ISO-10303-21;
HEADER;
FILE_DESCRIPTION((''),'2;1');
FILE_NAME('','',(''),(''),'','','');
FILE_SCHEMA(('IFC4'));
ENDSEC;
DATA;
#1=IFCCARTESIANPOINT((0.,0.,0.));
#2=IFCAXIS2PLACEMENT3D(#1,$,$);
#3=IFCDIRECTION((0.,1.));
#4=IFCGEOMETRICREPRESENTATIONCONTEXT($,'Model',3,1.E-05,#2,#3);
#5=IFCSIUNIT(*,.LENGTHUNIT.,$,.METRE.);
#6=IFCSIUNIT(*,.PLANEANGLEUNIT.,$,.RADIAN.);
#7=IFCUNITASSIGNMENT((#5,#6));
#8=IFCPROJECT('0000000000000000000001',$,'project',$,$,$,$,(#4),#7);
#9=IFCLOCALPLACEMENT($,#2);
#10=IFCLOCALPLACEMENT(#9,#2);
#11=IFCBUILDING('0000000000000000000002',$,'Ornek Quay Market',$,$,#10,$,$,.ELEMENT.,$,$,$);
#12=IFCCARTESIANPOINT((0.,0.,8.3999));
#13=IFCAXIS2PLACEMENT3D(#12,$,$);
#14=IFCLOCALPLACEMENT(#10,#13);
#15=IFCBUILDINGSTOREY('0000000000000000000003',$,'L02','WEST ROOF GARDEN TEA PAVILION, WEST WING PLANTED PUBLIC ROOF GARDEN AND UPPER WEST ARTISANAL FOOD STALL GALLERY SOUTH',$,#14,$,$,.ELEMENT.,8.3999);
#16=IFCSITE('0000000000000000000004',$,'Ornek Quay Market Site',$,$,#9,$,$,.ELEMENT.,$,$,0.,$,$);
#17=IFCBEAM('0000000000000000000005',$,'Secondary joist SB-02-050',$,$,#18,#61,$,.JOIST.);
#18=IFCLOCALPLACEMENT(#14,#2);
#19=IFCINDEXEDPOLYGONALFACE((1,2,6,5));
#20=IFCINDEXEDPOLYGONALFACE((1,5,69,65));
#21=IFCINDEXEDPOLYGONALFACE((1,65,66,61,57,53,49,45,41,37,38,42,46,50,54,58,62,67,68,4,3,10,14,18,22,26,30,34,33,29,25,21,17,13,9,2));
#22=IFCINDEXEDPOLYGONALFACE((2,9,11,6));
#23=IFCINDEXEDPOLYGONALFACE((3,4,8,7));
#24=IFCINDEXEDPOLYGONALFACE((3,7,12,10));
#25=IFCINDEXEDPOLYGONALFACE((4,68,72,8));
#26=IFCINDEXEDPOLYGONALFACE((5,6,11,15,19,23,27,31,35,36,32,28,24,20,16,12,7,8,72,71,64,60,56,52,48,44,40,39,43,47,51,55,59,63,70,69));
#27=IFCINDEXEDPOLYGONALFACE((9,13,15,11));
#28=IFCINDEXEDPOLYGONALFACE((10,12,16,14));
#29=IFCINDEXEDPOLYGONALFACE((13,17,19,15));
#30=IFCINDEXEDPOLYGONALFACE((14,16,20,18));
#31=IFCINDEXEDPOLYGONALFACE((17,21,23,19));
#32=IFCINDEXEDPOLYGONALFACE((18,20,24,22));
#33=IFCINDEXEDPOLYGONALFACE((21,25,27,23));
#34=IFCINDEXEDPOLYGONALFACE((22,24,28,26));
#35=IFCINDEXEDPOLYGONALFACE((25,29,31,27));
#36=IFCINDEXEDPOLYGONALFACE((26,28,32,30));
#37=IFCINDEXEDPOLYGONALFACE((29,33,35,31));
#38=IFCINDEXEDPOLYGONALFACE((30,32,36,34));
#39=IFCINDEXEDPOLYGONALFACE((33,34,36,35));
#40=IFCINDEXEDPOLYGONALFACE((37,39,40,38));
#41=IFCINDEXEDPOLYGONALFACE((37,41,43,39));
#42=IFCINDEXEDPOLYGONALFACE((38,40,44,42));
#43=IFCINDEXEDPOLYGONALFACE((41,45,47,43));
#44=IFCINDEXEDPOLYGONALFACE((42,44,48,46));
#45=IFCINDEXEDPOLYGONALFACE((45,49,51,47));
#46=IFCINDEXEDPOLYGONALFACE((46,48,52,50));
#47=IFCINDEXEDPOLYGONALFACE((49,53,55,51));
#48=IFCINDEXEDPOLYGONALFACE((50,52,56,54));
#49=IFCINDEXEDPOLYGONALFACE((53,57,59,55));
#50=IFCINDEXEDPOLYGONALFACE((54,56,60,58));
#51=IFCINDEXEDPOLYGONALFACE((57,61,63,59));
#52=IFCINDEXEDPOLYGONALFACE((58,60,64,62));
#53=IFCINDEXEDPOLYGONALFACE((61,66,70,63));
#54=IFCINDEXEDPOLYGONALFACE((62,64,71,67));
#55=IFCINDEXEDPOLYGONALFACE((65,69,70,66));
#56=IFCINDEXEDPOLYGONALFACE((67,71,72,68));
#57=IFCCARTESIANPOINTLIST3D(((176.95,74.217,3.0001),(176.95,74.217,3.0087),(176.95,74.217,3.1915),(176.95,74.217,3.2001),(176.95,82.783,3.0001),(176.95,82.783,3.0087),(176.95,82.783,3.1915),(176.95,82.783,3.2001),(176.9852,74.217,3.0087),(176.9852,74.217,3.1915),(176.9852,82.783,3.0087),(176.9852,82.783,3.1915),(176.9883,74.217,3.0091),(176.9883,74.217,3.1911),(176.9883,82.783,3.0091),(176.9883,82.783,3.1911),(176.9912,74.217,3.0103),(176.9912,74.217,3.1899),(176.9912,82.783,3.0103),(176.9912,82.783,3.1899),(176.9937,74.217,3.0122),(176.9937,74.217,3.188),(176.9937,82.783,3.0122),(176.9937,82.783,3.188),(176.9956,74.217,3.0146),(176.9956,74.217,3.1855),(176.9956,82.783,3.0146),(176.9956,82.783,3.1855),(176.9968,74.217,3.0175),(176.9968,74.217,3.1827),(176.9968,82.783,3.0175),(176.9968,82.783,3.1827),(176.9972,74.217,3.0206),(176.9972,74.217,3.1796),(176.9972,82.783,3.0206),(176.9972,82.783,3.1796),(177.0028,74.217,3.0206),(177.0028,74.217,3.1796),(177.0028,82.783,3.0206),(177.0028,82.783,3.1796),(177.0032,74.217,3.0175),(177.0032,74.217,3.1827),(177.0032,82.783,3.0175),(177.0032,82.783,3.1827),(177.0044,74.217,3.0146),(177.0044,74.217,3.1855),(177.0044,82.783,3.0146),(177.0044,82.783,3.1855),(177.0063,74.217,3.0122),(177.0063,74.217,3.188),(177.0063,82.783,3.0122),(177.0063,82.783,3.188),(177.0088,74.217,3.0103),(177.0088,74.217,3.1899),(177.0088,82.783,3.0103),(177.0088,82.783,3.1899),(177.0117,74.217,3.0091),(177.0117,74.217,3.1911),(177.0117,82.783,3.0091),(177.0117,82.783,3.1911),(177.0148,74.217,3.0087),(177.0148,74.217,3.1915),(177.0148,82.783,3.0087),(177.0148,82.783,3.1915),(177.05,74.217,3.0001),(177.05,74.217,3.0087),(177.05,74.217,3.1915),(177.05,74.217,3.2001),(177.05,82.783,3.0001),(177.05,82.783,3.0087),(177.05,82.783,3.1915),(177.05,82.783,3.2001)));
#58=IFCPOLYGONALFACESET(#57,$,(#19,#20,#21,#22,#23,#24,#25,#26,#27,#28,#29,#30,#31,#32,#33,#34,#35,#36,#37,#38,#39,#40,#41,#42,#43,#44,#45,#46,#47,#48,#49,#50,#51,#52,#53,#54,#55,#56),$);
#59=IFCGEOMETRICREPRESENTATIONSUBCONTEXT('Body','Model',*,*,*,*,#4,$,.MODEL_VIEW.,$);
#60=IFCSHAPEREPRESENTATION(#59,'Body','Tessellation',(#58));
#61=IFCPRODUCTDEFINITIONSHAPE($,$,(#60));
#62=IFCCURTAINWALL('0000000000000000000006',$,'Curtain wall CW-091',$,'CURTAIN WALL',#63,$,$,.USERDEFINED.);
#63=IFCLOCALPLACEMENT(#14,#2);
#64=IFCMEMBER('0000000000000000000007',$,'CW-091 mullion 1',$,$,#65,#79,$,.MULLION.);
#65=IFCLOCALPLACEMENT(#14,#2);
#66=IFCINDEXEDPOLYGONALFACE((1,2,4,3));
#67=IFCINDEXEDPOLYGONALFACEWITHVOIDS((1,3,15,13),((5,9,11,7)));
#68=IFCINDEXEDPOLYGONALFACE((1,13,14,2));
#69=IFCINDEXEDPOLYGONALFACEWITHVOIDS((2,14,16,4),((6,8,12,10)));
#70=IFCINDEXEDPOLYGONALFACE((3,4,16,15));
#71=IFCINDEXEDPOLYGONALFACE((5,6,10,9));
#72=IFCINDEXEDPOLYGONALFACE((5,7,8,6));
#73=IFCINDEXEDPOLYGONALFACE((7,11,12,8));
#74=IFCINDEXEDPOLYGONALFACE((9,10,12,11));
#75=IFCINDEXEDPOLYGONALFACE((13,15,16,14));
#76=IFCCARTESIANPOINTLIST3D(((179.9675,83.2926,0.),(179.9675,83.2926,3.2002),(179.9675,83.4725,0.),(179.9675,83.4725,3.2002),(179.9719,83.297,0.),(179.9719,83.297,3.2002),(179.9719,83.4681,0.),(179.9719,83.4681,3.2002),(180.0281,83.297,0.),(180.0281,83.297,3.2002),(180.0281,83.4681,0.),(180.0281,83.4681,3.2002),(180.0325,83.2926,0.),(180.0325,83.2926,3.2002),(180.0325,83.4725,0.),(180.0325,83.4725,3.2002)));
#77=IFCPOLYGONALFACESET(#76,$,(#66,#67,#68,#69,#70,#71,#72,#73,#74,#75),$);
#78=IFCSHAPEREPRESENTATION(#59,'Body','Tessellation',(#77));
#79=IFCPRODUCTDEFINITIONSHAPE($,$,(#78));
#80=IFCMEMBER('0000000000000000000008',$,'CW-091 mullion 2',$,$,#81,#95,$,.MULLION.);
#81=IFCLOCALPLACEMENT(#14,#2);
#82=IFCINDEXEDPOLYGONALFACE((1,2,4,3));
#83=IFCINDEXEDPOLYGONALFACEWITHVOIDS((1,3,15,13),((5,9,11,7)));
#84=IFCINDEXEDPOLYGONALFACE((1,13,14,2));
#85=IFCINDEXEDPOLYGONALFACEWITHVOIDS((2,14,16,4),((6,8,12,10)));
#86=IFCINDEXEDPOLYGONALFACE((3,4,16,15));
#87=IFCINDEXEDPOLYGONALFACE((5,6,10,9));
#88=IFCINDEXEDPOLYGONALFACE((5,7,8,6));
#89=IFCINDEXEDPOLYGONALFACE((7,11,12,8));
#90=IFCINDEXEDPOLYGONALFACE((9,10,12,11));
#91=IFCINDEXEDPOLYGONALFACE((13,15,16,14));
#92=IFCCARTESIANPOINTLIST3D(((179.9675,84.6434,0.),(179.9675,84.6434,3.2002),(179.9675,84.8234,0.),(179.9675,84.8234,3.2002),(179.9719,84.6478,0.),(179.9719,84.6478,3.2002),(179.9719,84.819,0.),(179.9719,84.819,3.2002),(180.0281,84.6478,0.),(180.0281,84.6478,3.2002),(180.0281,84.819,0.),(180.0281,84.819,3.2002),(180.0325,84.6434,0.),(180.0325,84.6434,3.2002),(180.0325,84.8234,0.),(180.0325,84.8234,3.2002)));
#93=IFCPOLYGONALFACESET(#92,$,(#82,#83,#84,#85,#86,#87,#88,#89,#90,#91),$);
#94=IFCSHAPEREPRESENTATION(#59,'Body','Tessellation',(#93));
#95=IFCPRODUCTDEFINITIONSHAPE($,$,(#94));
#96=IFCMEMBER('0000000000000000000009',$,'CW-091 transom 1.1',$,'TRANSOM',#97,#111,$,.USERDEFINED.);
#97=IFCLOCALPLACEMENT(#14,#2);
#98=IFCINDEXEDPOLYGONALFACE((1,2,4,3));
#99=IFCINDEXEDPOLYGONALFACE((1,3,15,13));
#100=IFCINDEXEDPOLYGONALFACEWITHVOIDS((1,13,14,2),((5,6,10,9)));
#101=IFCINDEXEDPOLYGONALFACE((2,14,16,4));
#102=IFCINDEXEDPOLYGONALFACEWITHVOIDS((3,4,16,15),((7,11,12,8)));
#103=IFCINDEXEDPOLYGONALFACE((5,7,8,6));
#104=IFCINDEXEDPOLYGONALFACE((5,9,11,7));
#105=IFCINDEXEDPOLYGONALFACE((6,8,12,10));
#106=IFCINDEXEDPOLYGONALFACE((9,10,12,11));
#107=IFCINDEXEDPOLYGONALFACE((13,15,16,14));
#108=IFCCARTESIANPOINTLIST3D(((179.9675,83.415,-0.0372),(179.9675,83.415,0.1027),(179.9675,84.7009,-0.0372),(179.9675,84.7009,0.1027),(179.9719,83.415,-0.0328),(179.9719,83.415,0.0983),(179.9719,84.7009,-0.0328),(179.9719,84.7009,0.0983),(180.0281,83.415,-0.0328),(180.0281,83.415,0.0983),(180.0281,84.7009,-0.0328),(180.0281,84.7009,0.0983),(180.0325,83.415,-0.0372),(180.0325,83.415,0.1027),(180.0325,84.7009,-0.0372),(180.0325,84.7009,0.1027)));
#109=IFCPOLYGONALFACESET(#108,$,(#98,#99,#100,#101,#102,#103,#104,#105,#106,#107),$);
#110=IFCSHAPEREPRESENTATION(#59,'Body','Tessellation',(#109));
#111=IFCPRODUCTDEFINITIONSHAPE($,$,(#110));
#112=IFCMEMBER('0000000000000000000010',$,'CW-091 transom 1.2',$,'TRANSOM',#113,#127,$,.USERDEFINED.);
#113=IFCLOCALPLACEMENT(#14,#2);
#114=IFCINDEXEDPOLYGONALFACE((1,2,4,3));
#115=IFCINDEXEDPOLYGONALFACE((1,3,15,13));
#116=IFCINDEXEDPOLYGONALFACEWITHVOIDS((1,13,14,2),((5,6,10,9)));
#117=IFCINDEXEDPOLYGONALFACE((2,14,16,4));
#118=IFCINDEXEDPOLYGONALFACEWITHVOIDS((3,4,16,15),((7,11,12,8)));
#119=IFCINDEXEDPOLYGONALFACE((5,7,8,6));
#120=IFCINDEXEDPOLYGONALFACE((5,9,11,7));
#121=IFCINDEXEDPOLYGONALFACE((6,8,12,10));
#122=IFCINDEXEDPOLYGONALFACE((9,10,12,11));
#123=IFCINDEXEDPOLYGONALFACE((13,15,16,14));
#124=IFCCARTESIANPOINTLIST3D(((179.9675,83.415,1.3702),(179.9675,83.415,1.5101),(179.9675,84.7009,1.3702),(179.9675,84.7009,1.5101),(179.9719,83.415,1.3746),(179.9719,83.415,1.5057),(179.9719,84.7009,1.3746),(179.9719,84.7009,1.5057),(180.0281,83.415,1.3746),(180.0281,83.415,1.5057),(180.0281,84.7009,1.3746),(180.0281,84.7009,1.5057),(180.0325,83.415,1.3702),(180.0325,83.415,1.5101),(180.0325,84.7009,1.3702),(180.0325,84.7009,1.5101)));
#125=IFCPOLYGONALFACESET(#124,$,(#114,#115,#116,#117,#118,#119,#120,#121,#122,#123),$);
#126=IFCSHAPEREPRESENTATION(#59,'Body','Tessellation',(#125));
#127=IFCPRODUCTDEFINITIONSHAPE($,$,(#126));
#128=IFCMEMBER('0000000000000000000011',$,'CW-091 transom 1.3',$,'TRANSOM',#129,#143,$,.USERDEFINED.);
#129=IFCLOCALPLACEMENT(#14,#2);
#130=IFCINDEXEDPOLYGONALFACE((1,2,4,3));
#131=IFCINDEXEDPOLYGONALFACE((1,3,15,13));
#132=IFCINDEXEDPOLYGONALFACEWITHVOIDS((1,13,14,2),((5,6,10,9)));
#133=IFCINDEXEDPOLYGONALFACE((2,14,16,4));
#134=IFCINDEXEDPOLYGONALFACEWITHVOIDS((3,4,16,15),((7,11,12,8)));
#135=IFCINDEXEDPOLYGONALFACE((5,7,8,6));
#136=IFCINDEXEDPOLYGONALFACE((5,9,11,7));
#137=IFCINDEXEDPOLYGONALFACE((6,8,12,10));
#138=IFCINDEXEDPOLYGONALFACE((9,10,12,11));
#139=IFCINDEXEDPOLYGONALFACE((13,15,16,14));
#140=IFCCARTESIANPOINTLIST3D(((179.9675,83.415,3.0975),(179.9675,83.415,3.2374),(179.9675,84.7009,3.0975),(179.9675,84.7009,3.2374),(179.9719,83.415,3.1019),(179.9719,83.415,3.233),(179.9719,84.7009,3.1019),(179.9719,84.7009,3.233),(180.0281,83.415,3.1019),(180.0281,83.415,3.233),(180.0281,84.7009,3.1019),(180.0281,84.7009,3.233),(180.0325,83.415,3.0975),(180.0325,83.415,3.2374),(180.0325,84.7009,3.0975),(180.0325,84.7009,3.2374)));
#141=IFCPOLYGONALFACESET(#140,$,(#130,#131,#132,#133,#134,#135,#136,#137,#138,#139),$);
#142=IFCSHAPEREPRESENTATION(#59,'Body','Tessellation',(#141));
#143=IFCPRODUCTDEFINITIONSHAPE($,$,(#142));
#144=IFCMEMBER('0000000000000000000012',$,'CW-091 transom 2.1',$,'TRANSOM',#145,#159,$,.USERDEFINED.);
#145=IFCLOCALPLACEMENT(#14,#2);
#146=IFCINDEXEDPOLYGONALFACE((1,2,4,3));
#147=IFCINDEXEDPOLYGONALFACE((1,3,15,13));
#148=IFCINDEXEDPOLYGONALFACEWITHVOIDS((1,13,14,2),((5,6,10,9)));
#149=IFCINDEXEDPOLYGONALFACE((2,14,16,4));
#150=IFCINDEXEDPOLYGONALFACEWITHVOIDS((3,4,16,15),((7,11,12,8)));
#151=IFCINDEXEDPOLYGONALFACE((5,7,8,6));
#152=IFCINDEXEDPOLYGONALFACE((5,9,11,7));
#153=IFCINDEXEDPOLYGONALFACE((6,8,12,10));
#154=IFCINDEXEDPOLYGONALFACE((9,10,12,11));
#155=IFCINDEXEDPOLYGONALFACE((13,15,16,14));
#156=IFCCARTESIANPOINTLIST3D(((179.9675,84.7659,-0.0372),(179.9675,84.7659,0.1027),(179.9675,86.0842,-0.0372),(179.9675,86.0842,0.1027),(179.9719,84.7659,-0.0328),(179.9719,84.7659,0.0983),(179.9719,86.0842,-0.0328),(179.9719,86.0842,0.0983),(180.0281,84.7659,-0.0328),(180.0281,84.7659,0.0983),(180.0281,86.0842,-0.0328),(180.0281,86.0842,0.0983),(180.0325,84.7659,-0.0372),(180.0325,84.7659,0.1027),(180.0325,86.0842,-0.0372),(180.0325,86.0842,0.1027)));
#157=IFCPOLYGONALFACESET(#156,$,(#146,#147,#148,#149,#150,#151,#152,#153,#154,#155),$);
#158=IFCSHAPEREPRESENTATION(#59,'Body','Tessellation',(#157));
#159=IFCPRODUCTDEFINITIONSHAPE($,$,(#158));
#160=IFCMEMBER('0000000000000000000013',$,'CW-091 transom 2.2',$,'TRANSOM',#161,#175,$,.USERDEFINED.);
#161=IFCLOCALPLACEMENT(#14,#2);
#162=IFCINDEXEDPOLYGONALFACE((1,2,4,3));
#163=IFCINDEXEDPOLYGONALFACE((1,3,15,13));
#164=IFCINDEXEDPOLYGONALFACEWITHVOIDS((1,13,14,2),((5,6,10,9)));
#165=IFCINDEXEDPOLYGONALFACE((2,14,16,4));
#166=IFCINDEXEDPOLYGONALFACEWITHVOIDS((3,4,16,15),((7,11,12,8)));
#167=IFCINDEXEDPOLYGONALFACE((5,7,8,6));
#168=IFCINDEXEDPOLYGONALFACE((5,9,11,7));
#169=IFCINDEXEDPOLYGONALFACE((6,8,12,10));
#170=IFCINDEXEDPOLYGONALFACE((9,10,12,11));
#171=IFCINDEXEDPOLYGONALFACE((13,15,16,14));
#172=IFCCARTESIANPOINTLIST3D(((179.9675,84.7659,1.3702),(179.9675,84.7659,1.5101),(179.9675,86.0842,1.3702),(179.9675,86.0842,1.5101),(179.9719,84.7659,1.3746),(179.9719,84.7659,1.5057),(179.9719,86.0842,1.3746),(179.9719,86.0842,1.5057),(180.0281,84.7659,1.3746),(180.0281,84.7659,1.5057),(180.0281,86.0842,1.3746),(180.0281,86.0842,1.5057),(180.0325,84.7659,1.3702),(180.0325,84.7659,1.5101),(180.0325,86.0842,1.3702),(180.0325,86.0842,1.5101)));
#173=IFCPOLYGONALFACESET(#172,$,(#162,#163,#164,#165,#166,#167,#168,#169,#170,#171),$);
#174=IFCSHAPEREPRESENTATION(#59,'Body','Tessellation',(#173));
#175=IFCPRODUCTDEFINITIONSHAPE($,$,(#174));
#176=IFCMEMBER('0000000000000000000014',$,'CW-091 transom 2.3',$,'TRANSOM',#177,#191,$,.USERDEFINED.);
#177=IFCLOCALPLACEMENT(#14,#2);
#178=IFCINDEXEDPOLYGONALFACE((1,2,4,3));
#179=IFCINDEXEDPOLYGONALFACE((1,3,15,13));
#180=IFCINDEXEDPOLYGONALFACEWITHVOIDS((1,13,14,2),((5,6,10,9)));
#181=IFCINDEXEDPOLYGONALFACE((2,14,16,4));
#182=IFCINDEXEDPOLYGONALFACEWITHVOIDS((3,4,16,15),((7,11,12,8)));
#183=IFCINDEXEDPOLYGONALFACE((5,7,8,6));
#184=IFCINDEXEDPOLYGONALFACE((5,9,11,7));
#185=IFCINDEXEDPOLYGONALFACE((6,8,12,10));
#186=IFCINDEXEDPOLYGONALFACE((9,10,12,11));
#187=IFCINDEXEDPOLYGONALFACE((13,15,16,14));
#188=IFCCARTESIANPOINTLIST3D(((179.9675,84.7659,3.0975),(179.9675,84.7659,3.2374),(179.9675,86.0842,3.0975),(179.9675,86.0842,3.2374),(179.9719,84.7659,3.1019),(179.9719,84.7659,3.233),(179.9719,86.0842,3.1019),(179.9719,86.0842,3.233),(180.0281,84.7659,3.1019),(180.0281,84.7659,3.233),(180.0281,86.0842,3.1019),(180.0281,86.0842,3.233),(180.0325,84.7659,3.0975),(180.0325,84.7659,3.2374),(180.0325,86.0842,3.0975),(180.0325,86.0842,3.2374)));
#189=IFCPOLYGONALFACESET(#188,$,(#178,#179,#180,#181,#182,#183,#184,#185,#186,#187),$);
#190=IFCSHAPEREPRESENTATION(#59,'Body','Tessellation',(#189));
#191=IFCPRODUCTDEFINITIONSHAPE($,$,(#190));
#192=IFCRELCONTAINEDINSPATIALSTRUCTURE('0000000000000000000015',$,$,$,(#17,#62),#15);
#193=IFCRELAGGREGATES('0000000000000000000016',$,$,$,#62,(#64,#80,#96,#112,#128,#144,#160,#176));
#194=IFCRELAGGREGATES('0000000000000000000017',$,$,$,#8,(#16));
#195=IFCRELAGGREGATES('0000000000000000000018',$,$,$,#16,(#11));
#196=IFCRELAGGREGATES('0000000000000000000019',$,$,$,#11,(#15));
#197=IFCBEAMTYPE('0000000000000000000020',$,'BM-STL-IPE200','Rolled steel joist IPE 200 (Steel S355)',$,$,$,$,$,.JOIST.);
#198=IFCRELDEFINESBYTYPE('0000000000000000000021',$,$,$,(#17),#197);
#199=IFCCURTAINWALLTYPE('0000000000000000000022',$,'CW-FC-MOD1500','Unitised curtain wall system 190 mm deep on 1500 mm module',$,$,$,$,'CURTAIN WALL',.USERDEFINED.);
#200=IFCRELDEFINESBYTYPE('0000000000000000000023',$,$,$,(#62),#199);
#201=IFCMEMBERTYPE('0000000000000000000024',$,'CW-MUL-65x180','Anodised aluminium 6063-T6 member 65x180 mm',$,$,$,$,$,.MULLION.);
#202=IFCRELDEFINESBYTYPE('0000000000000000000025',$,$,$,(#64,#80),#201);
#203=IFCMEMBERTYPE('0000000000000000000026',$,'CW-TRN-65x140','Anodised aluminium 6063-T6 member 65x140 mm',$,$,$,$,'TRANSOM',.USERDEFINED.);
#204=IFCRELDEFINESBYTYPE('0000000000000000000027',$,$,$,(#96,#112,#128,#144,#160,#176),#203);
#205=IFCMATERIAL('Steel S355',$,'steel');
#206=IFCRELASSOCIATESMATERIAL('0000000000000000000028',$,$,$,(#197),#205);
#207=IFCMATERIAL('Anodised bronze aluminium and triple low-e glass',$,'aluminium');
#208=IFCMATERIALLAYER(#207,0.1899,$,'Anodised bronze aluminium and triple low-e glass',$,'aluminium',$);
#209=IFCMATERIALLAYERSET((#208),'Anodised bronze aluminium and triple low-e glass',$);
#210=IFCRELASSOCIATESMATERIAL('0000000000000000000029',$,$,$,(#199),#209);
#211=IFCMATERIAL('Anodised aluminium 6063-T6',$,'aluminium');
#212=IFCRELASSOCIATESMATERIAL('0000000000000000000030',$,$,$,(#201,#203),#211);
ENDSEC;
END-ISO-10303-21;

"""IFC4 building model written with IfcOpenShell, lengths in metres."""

from ifc_helpers import new_model, si_unit, direction, frame, origin, origin_2d, place, context, subcontext, project, spatial, hollow_rectangle, i_section, extrude, material, layer, layer_set, material_profile, profile_set, type_object, element, aggregate, save


model = new_model("IFC4")

# Units and contexts
model_context = context("Model", 3, precision=1e-05, world=origin(), true_north=direction((0.0, 1.0)))
body_context = subcontext(model_context, "Body", "Model", "MODEL_VIEW")
ifc_project = project(units=[si_unit("LENGTHUNIT", "METRE"), si_unit("PLANEANGLEUNIT", "RADIAN")], contexts=[model_context])

# Site, building, storey
site_placement = place(None, origin())
site = spatial("IfcSite", under=ifc_project, at=site_placement, Name="Ornek Quay Market Site", CompositionType="ELEMENT", RefElevation=0.0)
building_placement = place(site_placement, origin())
building = spatial("IfcBuilding", under=site, at=building_placement, Name="Ornek Quay Market", CompositionType="ELEMENT")
storey_placement = place(building_placement, frame((0.0, 0.0, 8.3999)))
storey = spatial("IfcBuildingStorey", under=building, at=storey_placement, Name="L02", Description="WEST ROOF GARDEN TEA PAVILION, WEST WING PLANTED PUBLIC ROOF GARDEN AND UPPER WEST ARTISANAL FOOD STALL GALLERY SOUTH", CompositionType="ELEMENT", Elevation=8.3999)

# Beam
ifc_material_1 = material(Name="Steel S355", Category="steel")
ifc_material_profile_1 = material_profile(ifc_material_1, i_section(OverallWidth=0.1001, OverallDepth=0.2, WebThickness=0.0056, FlangeThickness=0.0085, FilletRadius=0.012, at=origin_2d()), Name="IPE 200", Category="steel")
ifc_profile_set_1 = profile_set([ifc_material_profile_1], Name="Steel S355")
beam_type_1 = type_object("IfcBeamType", Name="BM-STL-IPE200", Description="Rolled steel joist IPE 200 (Steel S355)", PredefinedType="JOIST", material=ifc_profile_set_1)
for number, where, z_axis, x_axis, name in (
    (1, (177.0, 74.217, 3.1001), (0.0, 1.0, 0.0), (-1.0, 0.0, 0.0), "Secondary joist SB-02-050"),
):
    element("IfcBeam", number, at=place(storey_placement, frame(where, z_axis=z_axis, x_axis=x_axis)), inside=storey, type_object=beam_type_1, Name=name, PredefinedType="JOIST", context=body_context, shape_type="SweptSolid", body=[
        extrude(i_section(OverallWidth=0.1001, OverallDepth=0.2, WebThickness=0.0056, FlangeThickness=0.0085, FilletRadius=0.012, at=origin_2d()), origin(), (0.0, 0.0, 1.0), 8.5659),
    ])

# Curtain wall, members
ifc_material_2 = material(Name="Anodised bronze aluminium and triple low-e glass", Category="aluminium")
ifc_layer_1 = layer(ifc_material_2, 0.1899, Name="Anodised bronze aluminium and triple low-e glass", Category="aluminium")
ifc_layer_set_1 = layer_set([ifc_layer_1], Name="Anodised bronze aluminium and triple low-e glass")
curtain_wall_type = type_object("IfcCurtainWallType", Name="CW-FC-MOD1500", Description="Unitised curtain wall system 190 mm deep on 1500 mm module", ElementType="CURTAIN WALL", PredefinedType="USERDEFINED", material=ifc_layer_set_1)
curtain_wall_placement = place(storey_placement, origin())
curtain_wall = element("IfcCurtainWall", 2, at=curtain_wall_placement, inside=storey, type_object=curtain_wall_type, Name="Curtain wall CW-091", ObjectType="CURTAIN WALL", PredefinedType="USERDEFINED")
ifc_material_3 = material(Name="Anodised aluminium 6063-T6", Category="aluminium")
ifc_material_profile_2 = material_profile(ifc_material_3, hollow_rectangle(XDim=0.0649, YDim=0.1799, WallThickness=0.0044, at=origin_2d()), Name="CW-MUL-65x180", Category="aluminium")
ifc_profile_set_2 = profile_set([ifc_material_profile_2], Name="Anodised aluminium 6063-T6")
member_type_1 = type_object("IfcMemberType", Name="CW-MUL-65x180", Description="Anodised aluminium 6063-T6 member 65x180 mm", PredefinedType="MULLION", material=ifc_profile_set_2)
member_1_placement = place(storey_placement, frame((180.0, 83.3826, 0.0), z_axis=(0.0, 0.0, 1.0), x_axis=(-1.0, 0.0, 0.0)))
member_1 = element("IfcMember", 3, at=member_1_placement, type_object=member_type_1, Name="CW-091 mullion 1", PredefinedType="MULLION", context=body_context, shape_type="SweptSolid", body=[
    extrude(hollow_rectangle(XDim=0.0649, YDim=0.1799, WallThickness=0.0044, at=origin_2d()), origin(), (0.0, 0.0, 1.0), 3.2002),
])
member_2_placement = place(storey_placement, frame((180.0, 84.7334, 0.0), z_axis=(0.0, 0.0, 1.0), x_axis=(-1.0, 0.0, 0.0)))
member_2 = element("IfcMember", 4, at=member_2_placement, type_object=member_type_1, Name="CW-091 mullion 2", PredefinedType="MULLION", context=body_context, shape_type="SweptSolid", body=[
    extrude(hollow_rectangle(XDim=0.0649, YDim=0.1799, WallThickness=0.0044, at=origin_2d()), origin(), (0.0, 0.0, 1.0), 3.2002),
])
ifc_material_profile_3 = material_profile(ifc_material_3, hollow_rectangle(XDim=0.0649, YDim=0.1399, WallThickness=0.0044, at=origin_2d()), Name="CW-TRN-65x140", Category="aluminium")
ifc_profile_set_3 = profile_set([ifc_material_profile_3], Name="Anodised aluminium 6063-T6")
member_type_2 = type_object("IfcMemberType", Name="CW-TRN-65x140", Description="Anodised aluminium 6063-T6 member 65x140 mm", ElementType="TRANSOM", PredefinedType="USERDEFINED", material=ifc_profile_set_3)
member_3_placement = place(storey_placement, frame((180.0, 83.415, 0.0327), z_axis=(0.0, 1.0, 0.0), x_axis=(-1.0, 0.0, 0.0)))
member_3 = element("IfcMember", 5, at=member_3_placement, type_object=member_type_2, Name="CW-091 transom 1.1", ObjectType="TRANSOM", PredefinedType="USERDEFINED", context=body_context, shape_type="SweptSolid", body=[
    extrude(hollow_rectangle(XDim=0.0649, YDim=0.1399, WallThickness=0.0044, at=origin_2d()), origin(), (0.0, 0.0, 1.0), 1.2859),
])
member_4_placement = place(storey_placement, frame((180.0, 83.415, 1.4402), z_axis=(0.0, 1.0, 0.0), x_axis=(-1.0, 0.0, 0.0)))
member_4 = element("IfcMember", 6, at=member_4_placement, type_object=member_type_2, Name="CW-091 transom 1.2", ObjectType="TRANSOM", PredefinedType="USERDEFINED", context=body_context, shape_type="SweptSolid", body=[
    extrude(hollow_rectangle(XDim=0.0649, YDim=0.1399, WallThickness=0.0044, at=origin_2d()), origin(), (0.0, 0.0, 1.0), 1.2859),
])
member_5_placement = place(storey_placement, frame((180.0, 83.415, 3.1675), z_axis=(0.0, 1.0, 0.0), x_axis=(-1.0, 0.0, 0.0)))
member_5 = element("IfcMember", 7, at=member_5_placement, type_object=member_type_2, Name="CW-091 transom 1.3", ObjectType="TRANSOM", PredefinedType="USERDEFINED", context=body_context, shape_type="SweptSolid", body=[
    extrude(hollow_rectangle(XDim=0.0649, YDim=0.1399, WallThickness=0.0044, at=origin_2d()), origin(), (0.0, 0.0, 1.0), 1.2859),
])
member_6_placement = place(storey_placement, frame((180.0, 84.7659, 0.0327), z_axis=(0.0, 1.0, 0.0), x_axis=(-1.0, 0.0, 0.0)))
member_6 = element("IfcMember", 8, at=member_6_placement, type_object=member_type_2, Name="CW-091 transom 2.1", ObjectType="TRANSOM", PredefinedType="USERDEFINED", context=body_context, shape_type="SweptSolid", body=[
    extrude(hollow_rectangle(XDim=0.0649, YDim=0.1399, WallThickness=0.0044, at=origin_2d()), origin(), (0.0, 0.0, 1.0), 1.3184),
])
member_7_placement = place(storey_placement, frame((180.0, 84.7659, 1.4402), z_axis=(0.0, 1.0, 0.0), x_axis=(-1.0, 0.0, 0.0)))
member_7 = element("IfcMember", 9, at=member_7_placement, type_object=member_type_2, Name="CW-091 transom 2.2", ObjectType="TRANSOM", PredefinedType="USERDEFINED", context=body_context, shape_type="SweptSolid", body=[
    extrude(hollow_rectangle(XDim=0.0649, YDim=0.1399, WallThickness=0.0044, at=origin_2d()), origin(), (0.0, 0.0, 1.0), 1.3184),
])
member_8_placement = place(storey_placement, frame((180.0, 84.7659, 3.1675), z_axis=(0.0, 1.0, 0.0), x_axis=(-1.0, 0.0, 0.0)))
member_8 = element("IfcMember", 10, at=member_8_placement, type_object=member_type_2, Name="CW-091 transom 2.3", ObjectType="TRANSOM", PredefinedType="USERDEFINED", context=body_context, shape_type="SweptSolid", body=[
    extrude(hollow_rectangle(XDim=0.0649, YDim=0.1399, WallThickness=0.0044, at=origin_2d()), origin(), (0.0, 0.0, 1.0), 1.3184),
])
aggregate(curtain_wall, [member_1, member_2, member_3, member_4, member_5, member_6, member_7, member_8])

save(model, "model.ifc")
